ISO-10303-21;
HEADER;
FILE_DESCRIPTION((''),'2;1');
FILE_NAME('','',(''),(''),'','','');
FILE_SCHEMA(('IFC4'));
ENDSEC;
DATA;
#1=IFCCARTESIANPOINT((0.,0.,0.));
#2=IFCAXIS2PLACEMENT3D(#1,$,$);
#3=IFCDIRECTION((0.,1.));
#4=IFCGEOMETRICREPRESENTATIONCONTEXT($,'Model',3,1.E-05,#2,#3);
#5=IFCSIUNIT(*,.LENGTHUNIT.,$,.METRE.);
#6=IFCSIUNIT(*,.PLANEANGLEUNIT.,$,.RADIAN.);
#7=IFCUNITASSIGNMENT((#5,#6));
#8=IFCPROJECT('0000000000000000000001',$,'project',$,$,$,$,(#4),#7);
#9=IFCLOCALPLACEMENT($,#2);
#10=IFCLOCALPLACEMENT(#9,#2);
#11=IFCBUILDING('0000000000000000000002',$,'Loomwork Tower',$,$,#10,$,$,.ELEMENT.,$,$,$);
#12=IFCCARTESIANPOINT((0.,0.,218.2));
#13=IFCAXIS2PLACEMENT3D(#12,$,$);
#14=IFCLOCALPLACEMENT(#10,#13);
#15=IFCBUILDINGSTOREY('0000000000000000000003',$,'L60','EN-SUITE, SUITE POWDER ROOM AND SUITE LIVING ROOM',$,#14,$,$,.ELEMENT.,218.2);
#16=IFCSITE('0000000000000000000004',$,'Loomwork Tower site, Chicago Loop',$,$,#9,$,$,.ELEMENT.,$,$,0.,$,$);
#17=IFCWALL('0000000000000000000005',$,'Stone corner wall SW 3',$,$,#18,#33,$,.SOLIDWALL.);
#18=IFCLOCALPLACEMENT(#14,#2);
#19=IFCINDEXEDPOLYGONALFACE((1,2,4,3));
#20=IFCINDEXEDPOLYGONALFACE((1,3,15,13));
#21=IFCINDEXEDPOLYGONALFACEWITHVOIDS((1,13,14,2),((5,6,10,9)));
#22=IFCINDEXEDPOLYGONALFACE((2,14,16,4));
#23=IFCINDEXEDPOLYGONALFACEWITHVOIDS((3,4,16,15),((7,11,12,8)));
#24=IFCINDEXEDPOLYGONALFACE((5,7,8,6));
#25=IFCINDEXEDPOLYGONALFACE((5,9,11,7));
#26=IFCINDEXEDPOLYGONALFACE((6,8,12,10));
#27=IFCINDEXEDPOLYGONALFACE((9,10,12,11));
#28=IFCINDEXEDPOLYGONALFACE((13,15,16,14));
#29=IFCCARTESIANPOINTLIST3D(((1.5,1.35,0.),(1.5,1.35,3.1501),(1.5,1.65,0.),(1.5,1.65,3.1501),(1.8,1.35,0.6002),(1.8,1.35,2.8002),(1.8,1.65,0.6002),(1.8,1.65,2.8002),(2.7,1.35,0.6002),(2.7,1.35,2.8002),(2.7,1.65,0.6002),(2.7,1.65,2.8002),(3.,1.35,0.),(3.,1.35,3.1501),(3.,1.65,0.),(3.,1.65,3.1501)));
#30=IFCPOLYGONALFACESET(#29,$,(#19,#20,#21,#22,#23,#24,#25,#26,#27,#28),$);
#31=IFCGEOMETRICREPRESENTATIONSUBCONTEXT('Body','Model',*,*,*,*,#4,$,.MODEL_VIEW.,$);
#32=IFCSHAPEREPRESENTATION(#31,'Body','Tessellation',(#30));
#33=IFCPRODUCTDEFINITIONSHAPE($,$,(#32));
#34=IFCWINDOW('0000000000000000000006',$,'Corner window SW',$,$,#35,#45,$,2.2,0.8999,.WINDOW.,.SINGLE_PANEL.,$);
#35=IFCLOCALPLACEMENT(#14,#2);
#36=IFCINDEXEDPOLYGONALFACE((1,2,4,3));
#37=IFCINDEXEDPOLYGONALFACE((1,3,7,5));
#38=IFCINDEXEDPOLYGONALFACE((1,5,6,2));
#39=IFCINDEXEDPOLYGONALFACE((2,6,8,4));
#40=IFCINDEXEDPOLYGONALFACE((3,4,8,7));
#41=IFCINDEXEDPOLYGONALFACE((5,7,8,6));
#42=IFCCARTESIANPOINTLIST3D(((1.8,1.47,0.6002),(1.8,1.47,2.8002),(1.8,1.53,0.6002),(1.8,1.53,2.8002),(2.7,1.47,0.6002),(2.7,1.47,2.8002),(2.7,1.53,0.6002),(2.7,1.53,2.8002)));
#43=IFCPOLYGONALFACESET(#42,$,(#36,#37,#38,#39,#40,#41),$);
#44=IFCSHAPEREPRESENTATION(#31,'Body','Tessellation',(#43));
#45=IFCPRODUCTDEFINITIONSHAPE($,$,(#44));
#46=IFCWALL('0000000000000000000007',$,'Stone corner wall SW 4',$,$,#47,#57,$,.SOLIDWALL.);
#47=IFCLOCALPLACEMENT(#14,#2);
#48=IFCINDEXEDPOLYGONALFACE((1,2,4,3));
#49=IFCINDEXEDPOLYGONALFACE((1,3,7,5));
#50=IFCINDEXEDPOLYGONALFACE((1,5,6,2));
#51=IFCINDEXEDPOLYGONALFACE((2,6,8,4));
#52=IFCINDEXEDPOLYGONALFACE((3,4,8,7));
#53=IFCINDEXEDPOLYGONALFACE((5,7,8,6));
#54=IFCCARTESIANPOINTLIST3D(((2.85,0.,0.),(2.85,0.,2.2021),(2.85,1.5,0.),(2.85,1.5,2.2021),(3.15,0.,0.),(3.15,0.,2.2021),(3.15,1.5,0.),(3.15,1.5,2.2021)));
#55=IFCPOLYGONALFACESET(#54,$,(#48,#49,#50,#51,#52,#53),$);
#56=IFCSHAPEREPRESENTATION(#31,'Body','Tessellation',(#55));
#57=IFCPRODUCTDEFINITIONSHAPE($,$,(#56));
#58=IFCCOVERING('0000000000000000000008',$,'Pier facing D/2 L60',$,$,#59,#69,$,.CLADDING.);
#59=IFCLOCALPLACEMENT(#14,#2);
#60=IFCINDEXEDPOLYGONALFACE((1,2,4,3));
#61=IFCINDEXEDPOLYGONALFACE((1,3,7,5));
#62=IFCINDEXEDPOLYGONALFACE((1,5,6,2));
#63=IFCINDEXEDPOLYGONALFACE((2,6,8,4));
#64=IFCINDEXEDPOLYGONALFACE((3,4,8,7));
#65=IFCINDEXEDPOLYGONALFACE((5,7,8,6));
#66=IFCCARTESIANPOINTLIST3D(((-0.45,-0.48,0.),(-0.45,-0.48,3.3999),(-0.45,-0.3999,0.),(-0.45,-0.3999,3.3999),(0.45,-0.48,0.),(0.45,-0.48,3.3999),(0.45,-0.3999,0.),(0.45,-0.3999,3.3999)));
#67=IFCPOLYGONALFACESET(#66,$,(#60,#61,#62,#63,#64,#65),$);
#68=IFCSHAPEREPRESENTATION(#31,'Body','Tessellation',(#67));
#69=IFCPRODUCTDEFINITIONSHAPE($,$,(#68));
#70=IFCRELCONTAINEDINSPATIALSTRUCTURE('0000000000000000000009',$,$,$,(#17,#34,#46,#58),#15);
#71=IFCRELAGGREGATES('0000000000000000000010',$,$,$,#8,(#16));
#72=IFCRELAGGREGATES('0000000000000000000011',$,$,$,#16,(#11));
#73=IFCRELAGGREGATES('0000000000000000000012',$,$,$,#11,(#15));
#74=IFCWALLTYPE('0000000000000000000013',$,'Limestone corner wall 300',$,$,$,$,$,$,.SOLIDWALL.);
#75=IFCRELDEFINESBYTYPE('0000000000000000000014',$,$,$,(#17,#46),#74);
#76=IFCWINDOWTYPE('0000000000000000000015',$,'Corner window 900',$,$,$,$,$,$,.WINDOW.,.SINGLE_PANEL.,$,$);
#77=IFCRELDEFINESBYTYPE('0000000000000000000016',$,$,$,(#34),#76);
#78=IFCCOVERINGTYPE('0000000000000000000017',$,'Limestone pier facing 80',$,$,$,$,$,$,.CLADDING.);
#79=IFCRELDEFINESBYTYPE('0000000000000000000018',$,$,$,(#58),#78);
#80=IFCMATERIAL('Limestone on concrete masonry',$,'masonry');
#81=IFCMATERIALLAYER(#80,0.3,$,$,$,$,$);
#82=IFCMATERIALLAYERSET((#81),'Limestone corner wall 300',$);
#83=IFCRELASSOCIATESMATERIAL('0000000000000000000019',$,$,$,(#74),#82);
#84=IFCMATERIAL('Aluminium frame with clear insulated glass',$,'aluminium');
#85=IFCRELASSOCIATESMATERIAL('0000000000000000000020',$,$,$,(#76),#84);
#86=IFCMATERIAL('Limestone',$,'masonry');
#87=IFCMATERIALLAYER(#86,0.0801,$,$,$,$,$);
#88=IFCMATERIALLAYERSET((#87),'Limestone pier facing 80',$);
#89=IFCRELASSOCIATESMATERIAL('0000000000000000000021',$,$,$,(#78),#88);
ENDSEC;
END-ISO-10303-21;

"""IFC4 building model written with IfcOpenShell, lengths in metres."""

from ifc_helpers import new_model, si_unit, direction, frame, frame_2d, origin, origin_2d, place, context, subcontext, project, spatial, rectangle, extrude, material, layer, layer_set, type_object, element, fill, save


model = new_model("IFC4")

# Units and contexts
model_context = context("Model", 3, precision=1e-05, world=origin(), true_north=direction((0.0, 1.0)))
body_context = subcontext(model_context, "Body", "Model", "MODEL_VIEW")
ifc_project = project(units=[si_unit("LENGTHUNIT", "METRE"), si_unit("PLANEANGLEUNIT", "RADIAN")], contexts=[model_context])

# Site, building, storey
site_placement = place(None, origin())
site = spatial("IfcSite", under=ifc_project, at=site_placement, Name="Loomwork Tower site, Chicago Loop", CompositionType="ELEMENT", RefElevation=0.0)
building_placement = place(site_placement, origin())
building = spatial("IfcBuilding", under=site, at=building_placement, Name="Loomwork Tower", CompositionType="ELEMENT")
storey_placement = place(building_placement, frame((0.0, 0.0, 218.2)))
storey = spatial("IfcBuildingStorey", under=building, at=storey_placement, Name="L60", Description="EN-SUITE, SUITE POWDER ROOM AND SUITE LIVING ROOM", CompositionType="ELEMENT", Elevation=218.2)

# Wall, opening, window
ifc_material_1 = material(Name="Limestone on concrete masonry", Category="masonry")
ifc_layer_1 = layer(ifc_material_1, 0.3)
ifc_layer_set_1 = layer_set([ifc_layer_1], Name="Limestone corner wall 300")
wall_type_1 = type_object("IfcWallType", Name="Limestone corner wall 300", PredefinedType="SOLIDWALL", material=ifc_layer_set_1)
wall_1_placement = place(storey_placement, frame((1.5, 1.5, 0.0), z_axis=(0.0, 0.0, 1.0), x_axis=(1.0, 0.0, 0.0)))
wall_1 = element("IfcWall", 1, at=wall_1_placement, inside=storey, type_object=wall_type_1, Name="Stone corner wall SW 3", PredefinedType="SOLIDWALL", context=body_context, shape_type="SweptSolid", body=[
    extrude(rectangle(XDim=1.5, YDim=0.3, at=frame_2d((0.75, 0.0))), origin(), (0.0, 0.0, 1.0), 3.1501),
])
opening_1_placement = place(wall_1_placement, frame((0.3, 0.0, 0.6001)))
opening_1 = element("IfcOpeningElement", 2, at=opening_1_placement, cuts=wall_1, PredefinedType="OPENING", context=body_context, shape_type="SweptSolid", body=[
    extrude(rectangle(XDim=0.8999, YDim=2.2, at=frame_2d((0.45, 1.1001))), frame((0.0, 0.1599, 0.0), z_axis=(0.0, -1.0, 0.0), x_axis=(1.0, 0.0, 0.0)), (0.0, 0.0, 1.0), 0.3201),
])
ifc_material_2 = material(Name="Aluminium frame with clear insulated glass", Category="aluminium")
window_type_1 = type_object("IfcWindowType", Name="Corner window 900", PartitioningType="SINGLE_PANEL", PredefinedType="WINDOW", material=ifc_material_2)
window_1_placement = place(opening_1_placement, origin())
window_1 = element("IfcWindow", 3, at=window_1_placement, inside=storey, type_object=window_type_1, Name="Corner window SW", OverallHeight=2.2, OverallWidth=0.8999, PartitioningType="SINGLE_PANEL", PredefinedType="WINDOW", context=body_context, shape_type="SweptSolid", body=[
    extrude(rectangle(XDim=0.8999, YDim=2.2, at=frame_2d((0.45, 1.1001))), frame((0.0, 0.03, 0.0), z_axis=(0.0, -1.0, 0.0), x_axis=(1.0, 0.0, 0.0)), (0.0, 0.0, 1.0), 0.0601),
])
fill(opening_1, window_1)

# Wall
wall_2_placement = place(storey_placement, frame((3.0, 1.5, 0.0), z_axis=(0.0, 0.0, 1.0), x_axis=(0.0, -1.0, 0.0)))
element("IfcWall", 4, at=wall_2_placement, inside=storey, type_object=wall_type_1, Name="Stone corner wall SW 4", PredefinedType="SOLIDWALL", context=body_context, shape_type="SweptSolid", body=[
    extrude(rectangle(XDim=1.5, YDim=0.3, at=frame_2d((0.75, 0.0))), origin(), (0.0, 0.0, 1.0), 2.2021),
])

# Covering
ifc_material_3 = material(Name="Limestone", Category="masonry")
ifc_layer_2 = layer(ifc_material_3, 0.0801)
ifc_layer_set_2 = layer_set([ifc_layer_2], Name="Limestone pier facing 80")
covering_type = type_object("IfcCoveringType", Name="Limestone pier facing 80", PredefinedType="CLADDING", material=ifc_layer_set_2)
covering_placement = place(storey_placement, frame((0.0, -0.4399, 0.0), z_axis=(0.0, 0.0, 1.0), x_axis=(1.0, 0.0, 0.0)))
element("IfcCovering", 5, at=covering_placement, inside=storey, type_object=covering_type, Name="Pier facing D/2 L60", PredefinedType="CLADDING", context=body_context, shape_type="SweptSolid", body=[
    extrude(rectangle(XDim=0.8999, YDim=0.0801, at=origin_2d()), origin(), (0.0, 0.0, 1.0), 3.3999),
])

save(model, "model.ifc")
